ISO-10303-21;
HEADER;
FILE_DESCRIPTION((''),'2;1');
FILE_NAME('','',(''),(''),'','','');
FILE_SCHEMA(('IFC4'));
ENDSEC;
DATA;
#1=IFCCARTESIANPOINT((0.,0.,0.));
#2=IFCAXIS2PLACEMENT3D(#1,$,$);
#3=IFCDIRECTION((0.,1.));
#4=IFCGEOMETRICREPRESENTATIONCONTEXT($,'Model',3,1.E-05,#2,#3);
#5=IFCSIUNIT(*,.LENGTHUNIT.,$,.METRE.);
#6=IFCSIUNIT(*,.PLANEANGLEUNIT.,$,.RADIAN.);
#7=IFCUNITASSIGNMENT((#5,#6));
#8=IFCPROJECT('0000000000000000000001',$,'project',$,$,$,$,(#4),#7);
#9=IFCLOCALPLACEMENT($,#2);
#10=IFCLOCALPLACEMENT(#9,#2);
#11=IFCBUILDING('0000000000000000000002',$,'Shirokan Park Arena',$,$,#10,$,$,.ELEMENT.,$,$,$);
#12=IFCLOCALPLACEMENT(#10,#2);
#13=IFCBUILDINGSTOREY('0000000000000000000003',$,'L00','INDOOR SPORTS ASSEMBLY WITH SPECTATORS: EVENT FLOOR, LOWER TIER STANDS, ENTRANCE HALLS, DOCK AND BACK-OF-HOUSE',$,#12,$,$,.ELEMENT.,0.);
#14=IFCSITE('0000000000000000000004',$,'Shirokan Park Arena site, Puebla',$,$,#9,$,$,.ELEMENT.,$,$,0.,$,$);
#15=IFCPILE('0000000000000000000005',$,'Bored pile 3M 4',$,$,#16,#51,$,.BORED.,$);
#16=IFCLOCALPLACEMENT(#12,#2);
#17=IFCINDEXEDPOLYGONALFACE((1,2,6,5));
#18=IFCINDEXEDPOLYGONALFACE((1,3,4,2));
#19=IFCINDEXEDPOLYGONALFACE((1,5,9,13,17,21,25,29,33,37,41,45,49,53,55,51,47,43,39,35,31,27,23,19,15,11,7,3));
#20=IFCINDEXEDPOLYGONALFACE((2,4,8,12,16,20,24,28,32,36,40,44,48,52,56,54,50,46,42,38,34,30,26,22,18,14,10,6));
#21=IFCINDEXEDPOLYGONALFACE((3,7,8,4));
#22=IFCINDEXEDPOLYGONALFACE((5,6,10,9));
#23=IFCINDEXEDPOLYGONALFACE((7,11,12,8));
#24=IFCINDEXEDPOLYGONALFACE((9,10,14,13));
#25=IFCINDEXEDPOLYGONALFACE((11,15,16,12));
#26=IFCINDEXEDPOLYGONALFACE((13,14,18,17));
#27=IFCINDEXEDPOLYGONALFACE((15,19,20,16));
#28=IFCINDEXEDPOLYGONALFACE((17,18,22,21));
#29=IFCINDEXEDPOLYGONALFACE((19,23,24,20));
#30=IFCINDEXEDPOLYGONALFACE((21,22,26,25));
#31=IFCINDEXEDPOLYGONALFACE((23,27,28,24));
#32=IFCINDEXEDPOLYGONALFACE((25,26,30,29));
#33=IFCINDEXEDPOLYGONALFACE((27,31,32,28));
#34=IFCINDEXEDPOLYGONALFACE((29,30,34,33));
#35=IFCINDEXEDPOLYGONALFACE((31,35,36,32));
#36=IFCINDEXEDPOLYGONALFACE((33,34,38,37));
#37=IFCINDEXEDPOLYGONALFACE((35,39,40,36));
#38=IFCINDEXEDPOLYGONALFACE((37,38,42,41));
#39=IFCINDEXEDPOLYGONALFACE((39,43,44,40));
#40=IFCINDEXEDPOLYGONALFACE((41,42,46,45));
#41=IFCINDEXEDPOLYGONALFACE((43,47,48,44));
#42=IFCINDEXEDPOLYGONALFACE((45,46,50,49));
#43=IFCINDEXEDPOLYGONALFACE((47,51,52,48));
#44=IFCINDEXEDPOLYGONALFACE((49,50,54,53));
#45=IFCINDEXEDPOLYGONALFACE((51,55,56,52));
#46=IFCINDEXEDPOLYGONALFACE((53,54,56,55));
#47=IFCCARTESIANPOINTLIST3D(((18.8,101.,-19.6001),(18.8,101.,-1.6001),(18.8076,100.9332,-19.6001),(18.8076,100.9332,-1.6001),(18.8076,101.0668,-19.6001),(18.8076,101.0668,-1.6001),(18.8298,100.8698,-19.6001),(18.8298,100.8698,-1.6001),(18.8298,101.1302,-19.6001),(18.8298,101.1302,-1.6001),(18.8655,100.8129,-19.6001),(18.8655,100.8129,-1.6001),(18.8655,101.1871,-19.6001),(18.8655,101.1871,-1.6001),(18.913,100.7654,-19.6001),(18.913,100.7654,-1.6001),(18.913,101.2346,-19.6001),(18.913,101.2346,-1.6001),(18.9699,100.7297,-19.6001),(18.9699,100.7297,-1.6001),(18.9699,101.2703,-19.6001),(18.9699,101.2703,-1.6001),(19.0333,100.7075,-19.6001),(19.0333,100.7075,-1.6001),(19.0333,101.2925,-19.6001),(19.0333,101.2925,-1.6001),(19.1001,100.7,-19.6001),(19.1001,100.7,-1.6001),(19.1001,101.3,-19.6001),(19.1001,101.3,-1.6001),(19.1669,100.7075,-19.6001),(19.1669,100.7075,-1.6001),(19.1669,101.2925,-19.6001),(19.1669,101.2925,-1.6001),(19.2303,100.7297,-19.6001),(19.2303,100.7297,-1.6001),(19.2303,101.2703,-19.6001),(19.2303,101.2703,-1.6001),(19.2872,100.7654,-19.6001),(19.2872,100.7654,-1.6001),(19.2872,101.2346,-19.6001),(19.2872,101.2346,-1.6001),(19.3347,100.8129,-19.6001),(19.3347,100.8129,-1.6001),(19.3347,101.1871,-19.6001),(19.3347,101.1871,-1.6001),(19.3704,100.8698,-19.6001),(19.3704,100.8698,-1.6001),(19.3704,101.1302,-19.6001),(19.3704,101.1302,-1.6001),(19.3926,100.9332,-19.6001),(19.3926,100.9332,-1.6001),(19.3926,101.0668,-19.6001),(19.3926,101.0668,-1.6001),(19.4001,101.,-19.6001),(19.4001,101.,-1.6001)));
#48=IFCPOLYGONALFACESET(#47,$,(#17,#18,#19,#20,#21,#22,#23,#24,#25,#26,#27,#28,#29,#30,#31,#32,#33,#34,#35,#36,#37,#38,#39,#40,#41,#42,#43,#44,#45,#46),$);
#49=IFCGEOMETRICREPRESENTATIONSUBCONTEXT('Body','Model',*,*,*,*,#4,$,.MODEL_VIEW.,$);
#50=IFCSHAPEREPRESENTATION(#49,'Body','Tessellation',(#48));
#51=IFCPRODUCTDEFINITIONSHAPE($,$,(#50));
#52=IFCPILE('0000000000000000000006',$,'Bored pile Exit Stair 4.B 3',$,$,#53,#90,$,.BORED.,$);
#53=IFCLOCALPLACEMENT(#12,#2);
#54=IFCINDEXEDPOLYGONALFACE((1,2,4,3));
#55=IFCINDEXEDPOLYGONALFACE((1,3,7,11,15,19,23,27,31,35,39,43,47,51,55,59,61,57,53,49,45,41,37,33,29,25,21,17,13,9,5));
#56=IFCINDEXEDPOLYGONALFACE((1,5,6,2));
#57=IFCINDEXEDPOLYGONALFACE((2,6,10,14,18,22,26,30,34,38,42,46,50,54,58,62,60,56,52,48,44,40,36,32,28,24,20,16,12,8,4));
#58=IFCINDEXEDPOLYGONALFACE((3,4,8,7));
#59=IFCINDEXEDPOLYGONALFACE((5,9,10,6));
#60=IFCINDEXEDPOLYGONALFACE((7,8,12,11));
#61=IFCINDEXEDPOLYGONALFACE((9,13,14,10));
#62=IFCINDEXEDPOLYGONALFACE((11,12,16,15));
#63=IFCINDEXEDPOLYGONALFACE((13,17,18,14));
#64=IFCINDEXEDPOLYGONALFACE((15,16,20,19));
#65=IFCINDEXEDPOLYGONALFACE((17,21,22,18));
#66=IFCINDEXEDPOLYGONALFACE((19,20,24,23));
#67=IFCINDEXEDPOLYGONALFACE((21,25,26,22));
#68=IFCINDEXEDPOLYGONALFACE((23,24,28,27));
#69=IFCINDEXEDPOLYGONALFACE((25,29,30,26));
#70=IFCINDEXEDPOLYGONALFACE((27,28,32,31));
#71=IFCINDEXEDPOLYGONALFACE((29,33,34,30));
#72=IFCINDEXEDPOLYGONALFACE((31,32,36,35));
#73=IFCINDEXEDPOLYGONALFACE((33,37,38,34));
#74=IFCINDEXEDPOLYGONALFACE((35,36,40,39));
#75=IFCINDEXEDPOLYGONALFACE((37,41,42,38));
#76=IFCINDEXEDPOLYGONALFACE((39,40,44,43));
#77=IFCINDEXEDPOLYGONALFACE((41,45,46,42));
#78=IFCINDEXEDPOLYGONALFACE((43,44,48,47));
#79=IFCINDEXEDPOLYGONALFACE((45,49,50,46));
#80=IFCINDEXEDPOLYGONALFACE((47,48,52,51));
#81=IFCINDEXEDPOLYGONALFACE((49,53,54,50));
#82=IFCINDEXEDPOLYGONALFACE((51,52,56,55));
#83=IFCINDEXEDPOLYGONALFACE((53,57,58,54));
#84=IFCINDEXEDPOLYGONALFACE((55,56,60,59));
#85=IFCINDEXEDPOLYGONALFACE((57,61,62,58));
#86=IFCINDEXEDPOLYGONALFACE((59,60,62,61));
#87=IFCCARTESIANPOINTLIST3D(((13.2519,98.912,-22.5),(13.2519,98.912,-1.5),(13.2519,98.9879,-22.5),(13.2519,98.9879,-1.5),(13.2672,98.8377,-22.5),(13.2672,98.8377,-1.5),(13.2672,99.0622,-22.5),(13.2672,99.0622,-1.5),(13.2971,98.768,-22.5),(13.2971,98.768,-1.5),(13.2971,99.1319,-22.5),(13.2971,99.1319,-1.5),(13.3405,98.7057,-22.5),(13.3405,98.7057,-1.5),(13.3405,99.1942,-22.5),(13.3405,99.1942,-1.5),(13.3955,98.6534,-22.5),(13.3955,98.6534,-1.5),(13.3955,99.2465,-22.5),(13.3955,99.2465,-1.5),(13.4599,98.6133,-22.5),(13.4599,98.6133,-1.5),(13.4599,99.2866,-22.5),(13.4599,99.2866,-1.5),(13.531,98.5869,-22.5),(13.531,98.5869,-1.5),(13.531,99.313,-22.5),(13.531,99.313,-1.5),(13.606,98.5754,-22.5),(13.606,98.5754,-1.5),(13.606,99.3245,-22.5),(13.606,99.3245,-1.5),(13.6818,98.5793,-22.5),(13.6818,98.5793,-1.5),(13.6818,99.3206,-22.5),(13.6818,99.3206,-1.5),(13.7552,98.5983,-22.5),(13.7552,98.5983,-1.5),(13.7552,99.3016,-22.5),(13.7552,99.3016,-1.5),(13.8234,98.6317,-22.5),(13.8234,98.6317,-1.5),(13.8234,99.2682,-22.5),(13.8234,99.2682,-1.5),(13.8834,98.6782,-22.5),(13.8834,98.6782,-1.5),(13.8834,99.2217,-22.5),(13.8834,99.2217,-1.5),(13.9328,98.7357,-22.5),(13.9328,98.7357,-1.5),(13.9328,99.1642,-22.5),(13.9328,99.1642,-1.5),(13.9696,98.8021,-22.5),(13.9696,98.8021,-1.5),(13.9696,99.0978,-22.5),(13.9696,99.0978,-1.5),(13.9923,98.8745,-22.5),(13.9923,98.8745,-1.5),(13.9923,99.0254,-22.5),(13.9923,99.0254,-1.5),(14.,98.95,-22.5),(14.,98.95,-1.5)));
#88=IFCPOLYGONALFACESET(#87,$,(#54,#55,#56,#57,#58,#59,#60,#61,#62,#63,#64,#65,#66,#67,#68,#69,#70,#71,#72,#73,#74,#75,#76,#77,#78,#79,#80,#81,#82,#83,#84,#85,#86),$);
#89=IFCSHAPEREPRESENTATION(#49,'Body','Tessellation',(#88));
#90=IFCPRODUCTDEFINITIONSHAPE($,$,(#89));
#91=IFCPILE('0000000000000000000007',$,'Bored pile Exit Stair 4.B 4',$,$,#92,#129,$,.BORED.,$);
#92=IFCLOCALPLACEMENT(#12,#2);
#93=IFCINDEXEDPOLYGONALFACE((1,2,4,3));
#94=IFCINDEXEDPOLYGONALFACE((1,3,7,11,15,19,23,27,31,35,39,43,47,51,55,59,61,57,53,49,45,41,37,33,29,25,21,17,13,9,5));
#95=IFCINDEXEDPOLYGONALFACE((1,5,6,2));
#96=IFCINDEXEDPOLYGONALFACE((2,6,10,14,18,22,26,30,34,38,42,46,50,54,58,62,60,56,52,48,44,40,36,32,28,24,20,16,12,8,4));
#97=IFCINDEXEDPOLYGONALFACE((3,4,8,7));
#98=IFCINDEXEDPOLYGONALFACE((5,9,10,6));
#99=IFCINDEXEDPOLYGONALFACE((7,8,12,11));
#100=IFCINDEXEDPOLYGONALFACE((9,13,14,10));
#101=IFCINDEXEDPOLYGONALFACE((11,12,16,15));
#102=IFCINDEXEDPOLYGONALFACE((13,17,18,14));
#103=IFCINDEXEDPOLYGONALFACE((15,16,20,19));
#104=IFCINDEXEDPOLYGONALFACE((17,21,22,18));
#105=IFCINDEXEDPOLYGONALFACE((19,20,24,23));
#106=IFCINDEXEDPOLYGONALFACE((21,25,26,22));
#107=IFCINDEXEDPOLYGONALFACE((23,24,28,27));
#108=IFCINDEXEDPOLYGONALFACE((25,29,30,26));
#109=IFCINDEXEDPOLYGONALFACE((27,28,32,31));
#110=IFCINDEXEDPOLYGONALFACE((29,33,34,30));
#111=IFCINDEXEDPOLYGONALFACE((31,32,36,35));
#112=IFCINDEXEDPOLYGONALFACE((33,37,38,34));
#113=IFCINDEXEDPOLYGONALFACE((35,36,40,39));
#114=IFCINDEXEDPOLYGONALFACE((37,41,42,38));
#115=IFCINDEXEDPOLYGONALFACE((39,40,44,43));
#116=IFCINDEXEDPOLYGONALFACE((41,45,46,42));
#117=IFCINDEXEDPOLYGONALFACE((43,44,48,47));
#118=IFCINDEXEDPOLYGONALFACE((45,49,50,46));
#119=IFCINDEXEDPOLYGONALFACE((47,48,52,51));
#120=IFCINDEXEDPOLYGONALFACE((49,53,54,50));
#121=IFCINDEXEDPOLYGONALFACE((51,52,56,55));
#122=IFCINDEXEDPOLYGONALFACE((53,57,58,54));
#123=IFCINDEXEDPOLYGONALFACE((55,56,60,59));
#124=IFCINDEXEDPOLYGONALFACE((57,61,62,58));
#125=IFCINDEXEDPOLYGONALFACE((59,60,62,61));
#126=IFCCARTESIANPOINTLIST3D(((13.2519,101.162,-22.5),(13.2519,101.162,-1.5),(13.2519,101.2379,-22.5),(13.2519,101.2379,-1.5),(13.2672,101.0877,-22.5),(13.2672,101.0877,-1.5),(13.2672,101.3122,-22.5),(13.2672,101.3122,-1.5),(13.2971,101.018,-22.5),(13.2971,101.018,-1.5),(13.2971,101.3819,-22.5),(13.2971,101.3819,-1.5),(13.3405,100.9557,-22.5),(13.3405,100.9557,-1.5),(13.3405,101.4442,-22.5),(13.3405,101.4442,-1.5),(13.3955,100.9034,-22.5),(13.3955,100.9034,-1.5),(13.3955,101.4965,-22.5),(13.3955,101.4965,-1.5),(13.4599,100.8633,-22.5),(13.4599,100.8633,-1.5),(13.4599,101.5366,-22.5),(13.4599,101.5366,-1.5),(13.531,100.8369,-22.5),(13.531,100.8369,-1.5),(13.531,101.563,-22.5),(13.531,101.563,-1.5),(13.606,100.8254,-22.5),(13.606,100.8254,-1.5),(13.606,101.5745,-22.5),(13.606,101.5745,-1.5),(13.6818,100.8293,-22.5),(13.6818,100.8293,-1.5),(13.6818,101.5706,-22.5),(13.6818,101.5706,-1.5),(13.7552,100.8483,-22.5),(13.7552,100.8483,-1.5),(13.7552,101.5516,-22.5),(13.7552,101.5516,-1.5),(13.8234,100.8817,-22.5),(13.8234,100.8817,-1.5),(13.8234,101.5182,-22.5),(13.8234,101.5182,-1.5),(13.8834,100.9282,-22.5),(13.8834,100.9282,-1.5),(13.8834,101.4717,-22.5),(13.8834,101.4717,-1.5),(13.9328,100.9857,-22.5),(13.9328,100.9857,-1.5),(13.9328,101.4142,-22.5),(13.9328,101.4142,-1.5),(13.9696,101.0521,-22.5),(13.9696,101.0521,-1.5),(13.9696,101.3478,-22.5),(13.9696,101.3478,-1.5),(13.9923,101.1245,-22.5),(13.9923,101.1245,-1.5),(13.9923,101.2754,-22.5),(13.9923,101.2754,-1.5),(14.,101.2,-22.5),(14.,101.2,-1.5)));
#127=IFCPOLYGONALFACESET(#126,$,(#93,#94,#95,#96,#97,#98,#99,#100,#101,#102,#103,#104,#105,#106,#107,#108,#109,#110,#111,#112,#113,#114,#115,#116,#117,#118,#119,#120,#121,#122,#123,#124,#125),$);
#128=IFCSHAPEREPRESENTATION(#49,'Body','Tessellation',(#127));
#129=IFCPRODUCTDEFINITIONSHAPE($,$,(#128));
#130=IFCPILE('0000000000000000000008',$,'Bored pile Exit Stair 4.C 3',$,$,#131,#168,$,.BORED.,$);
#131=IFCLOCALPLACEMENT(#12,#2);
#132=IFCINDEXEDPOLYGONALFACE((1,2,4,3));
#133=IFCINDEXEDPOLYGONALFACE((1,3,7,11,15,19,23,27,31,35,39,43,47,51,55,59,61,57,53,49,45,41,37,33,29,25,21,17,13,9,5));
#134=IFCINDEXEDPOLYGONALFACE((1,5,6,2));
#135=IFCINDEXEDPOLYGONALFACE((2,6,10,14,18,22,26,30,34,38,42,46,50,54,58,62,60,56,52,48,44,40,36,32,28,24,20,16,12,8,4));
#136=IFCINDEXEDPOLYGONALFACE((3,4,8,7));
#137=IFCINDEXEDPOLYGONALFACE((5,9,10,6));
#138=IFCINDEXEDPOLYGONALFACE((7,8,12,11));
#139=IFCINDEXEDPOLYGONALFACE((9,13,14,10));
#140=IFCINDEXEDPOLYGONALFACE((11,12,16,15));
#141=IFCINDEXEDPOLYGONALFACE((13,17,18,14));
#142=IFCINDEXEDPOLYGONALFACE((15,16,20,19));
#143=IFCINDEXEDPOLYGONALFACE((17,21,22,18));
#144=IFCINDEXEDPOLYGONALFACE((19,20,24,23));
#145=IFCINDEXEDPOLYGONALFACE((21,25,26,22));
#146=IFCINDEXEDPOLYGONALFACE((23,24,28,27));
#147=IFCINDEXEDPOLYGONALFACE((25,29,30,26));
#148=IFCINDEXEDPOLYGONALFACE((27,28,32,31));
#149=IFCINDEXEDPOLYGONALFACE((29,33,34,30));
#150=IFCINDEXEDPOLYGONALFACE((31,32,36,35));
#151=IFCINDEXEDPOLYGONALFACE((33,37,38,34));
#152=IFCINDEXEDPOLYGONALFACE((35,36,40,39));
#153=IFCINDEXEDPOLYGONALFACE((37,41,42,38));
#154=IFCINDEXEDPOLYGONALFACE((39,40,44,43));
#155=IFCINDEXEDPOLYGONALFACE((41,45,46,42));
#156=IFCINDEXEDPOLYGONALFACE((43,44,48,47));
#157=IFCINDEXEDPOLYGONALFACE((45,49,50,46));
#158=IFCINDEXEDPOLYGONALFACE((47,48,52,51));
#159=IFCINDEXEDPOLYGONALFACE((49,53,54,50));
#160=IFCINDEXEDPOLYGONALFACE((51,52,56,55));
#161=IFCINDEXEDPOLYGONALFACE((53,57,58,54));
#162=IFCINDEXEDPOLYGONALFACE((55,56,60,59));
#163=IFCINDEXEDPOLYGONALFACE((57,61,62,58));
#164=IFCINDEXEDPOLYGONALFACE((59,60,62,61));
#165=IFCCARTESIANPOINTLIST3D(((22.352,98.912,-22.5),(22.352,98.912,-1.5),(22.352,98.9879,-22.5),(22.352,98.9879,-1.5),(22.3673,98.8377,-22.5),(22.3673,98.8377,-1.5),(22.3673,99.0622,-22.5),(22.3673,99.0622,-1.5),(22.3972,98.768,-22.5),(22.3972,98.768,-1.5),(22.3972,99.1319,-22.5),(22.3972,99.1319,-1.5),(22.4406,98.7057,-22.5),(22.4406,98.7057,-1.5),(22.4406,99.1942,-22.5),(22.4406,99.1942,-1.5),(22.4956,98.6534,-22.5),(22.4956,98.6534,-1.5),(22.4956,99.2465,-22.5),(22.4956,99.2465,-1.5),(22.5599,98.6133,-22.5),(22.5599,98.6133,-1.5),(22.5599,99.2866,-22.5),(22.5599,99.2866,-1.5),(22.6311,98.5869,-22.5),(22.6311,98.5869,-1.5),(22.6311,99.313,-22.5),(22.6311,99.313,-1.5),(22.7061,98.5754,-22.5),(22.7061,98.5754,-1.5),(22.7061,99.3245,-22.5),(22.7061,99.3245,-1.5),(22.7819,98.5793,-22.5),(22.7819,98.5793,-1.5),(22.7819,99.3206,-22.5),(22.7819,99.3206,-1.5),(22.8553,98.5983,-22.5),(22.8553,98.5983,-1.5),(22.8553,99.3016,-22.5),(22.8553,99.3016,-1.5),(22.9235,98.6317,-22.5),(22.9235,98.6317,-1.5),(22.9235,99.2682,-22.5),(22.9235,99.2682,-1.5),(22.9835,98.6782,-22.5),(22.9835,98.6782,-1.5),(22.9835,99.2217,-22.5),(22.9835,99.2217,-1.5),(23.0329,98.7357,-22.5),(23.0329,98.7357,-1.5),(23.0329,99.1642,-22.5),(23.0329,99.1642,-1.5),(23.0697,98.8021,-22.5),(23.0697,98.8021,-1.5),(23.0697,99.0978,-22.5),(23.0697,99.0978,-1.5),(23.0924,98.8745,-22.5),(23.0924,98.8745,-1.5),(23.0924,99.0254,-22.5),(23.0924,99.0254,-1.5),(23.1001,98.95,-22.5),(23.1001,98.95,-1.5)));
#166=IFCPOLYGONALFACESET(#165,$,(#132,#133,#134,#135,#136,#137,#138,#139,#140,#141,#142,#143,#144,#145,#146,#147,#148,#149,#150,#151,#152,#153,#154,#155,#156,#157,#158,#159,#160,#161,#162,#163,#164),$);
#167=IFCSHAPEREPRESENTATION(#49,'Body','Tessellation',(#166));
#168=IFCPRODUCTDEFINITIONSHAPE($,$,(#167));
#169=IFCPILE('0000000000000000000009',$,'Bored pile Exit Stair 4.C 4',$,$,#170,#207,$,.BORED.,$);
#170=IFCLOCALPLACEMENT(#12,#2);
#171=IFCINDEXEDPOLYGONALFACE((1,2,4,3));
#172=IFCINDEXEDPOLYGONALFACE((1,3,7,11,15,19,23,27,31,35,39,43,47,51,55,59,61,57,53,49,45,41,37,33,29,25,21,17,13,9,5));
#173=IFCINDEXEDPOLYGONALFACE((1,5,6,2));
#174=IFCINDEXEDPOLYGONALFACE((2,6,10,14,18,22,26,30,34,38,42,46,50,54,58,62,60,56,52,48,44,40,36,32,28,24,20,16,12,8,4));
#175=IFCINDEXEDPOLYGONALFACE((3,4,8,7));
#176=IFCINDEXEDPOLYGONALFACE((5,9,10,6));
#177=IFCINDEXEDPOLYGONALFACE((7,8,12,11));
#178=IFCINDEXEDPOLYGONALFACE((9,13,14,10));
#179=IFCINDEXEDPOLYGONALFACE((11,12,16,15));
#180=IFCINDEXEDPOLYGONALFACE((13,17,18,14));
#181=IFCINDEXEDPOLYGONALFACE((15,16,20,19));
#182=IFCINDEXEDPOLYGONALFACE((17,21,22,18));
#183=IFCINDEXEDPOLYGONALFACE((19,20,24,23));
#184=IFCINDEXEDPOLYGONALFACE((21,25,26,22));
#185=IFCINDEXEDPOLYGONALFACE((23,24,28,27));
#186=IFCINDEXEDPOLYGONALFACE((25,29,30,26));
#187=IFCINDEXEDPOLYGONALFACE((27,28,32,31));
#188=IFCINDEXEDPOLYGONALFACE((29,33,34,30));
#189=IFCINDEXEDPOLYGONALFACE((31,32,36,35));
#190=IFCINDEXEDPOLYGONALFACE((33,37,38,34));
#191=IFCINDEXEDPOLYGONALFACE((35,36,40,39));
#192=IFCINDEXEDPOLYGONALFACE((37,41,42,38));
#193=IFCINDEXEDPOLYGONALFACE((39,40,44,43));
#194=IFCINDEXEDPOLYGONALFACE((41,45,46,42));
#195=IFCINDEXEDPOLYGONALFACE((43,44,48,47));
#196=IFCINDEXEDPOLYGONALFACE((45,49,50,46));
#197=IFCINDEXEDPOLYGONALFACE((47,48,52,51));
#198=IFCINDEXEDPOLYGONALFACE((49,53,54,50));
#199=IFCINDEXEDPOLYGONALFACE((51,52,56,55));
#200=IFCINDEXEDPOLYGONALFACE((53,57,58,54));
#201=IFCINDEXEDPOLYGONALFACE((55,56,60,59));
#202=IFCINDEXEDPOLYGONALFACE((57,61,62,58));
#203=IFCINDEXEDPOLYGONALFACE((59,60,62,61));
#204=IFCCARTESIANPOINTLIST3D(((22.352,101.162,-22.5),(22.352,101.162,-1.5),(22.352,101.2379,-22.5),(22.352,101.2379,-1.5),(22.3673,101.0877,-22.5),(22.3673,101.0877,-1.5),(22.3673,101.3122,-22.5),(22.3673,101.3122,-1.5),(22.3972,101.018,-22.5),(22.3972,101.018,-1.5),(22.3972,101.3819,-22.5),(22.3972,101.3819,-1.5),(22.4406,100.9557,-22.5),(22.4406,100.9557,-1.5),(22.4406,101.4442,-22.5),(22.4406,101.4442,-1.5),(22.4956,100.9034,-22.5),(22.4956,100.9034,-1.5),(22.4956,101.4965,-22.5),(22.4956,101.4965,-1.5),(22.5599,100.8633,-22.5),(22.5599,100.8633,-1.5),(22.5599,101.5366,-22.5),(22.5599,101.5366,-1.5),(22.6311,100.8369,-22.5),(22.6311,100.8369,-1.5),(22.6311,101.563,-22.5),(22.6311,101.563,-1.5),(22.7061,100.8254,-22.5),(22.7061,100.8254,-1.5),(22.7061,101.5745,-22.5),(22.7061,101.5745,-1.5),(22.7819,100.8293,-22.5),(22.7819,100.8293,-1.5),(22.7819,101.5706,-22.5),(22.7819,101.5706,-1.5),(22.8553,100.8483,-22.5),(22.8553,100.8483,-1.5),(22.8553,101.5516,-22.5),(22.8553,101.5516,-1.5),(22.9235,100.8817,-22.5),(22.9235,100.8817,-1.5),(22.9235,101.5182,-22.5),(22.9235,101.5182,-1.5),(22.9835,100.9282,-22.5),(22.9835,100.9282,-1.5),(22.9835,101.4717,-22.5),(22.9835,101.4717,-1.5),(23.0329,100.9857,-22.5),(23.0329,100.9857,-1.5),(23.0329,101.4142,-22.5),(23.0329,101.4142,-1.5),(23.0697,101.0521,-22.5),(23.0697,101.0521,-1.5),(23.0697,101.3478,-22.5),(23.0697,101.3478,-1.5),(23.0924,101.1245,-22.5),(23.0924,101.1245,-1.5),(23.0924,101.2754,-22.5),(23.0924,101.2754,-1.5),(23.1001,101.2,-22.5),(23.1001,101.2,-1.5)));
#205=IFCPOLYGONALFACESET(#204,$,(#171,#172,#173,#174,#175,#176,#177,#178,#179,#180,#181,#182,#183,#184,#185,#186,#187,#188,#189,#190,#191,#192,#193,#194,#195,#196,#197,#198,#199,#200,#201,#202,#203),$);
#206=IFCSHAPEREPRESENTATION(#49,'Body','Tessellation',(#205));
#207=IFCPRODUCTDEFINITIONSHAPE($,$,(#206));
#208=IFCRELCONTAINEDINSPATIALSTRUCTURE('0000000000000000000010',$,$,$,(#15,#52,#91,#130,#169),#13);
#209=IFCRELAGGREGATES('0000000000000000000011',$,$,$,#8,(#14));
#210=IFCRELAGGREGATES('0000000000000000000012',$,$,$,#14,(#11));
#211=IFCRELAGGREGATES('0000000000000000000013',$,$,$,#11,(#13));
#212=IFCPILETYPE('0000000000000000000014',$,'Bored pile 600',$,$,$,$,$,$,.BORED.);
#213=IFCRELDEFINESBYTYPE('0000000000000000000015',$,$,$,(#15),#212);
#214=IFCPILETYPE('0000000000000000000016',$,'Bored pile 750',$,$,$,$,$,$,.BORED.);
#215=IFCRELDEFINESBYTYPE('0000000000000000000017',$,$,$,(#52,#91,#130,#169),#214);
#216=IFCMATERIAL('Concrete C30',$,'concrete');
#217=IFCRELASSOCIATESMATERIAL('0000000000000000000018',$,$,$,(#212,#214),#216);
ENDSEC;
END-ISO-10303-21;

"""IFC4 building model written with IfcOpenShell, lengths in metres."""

from ifc_helpers import new_model, si_unit, direction, frame, origin, origin_2d, place, context, subcontext, project, spatial, circle, extrude, material, material_profile, profile_set, type_object, element, save


model = new_model("IFC4")

# Units and contexts
model_context = context("Model", 3, precision=1e-05, world=origin(), true_north=direction((0.0, 1.0)))
body_context = subcontext(model_context, "Body", "Model", "MODEL_VIEW")
ifc_project = project(units=[si_unit("LENGTHUNIT", "METRE"), si_unit("PLANEANGLEUNIT", "RADIAN")], contexts=[model_context])

# Site, building, storey
site_placement = place(None, origin())
site = spatial("IfcSite", under=ifc_project, at=site_placement, Name="Shirokan Park Arena site, Puebla", CompositionType="ELEMENT", RefElevation=0.0)
building_placement = place(site_placement, origin())
building = spatial("IfcBuilding", under=site, at=building_placement, Name="Shirokan Park Arena", CompositionType="ELEMENT")
storey_placement = place(building_placement, origin())
storey = spatial("IfcBuildingStorey", under=building, at=storey_placement, Name="L00", Description="INDOOR SPORTS ASSEMBLY WITH SPECTATORS: EVENT FLOOR, LOWER TIER STANDS, ENTRANCE HALLS, DOCK AND BACK-OF-HOUSE", CompositionType="ELEMENT", Elevation=0.0)

# Piles
ifc_material_1 = material(Name="Concrete C30", Category="concrete")
ifc_material_profile_1 = material_profile(ifc_material_1, circle(Radius=0.3, at=origin_2d()), Name="D600")
ifc_profile_set_1 = profile_set([ifc_material_profile_1], Name="Concrete C30")
pile_type_1 = type_object("IfcPileType", Name="Bored pile 600", PredefinedType="BORED", material=ifc_profile_set_1)
for number, where, z_axis, x_axis, name in (
    (1, (19.1001, 101.0, -1.6001), (0.0, 0.0, -1.0), (1.0, 0.0, 0.0), "Bored pile 3M 4"),
):
    element("IfcPile", number, at=place(storey_placement, frame(where, z_axis=z_axis, x_axis=x_axis)), inside=storey, type_object=pile_type_1, Name=name, PredefinedType="BORED", context=body_context, shape_type="SweptSolid", body=[
        extrude(circle(Radius=0.3, at=origin_2d()), origin(), (0.0, 0.0, 1.0), 18.0),
    ])
ifc_material_profile_2 = material_profile(ifc_material_1, circle(Radius=0.375, at=origin_2d()), Name="D750")
ifc_profile_set_2 = profile_set([ifc_material_profile_2], Name="Concrete C30")
pile_type_2 = type_object("IfcPileType", Name="Bored pile 750", PredefinedType="BORED", material=ifc_profile_set_2)
for number, where, z_axis, x_axis, name in (
    (2, (13.625, 98.95, -1.5), (0.0, 0.0, -1.0), (1.0, 0.0, 0.0), "Bored pile Exit Stair 4.B 3"),
    (3, (13.625, 101.2, -1.5), (0.0, 0.0, -1.0), (1.0, 0.0, 0.0), "Bored pile Exit Stair 4.B 4"),
    (4, (22.7251, 98.95, -1.5), (0.0, 0.0, -1.0), (1.0, 0.0, 0.0), "Bored pile Exit Stair 4.C 3"),
    (5, (22.7251, 101.2, -1.5), (0.0, 0.0, -1.0), (1.0, 0.0, 0.0), "Bored pile Exit Stair 4.C 4"),
):
    element("IfcPile", number, at=place(storey_placement, frame(where, z_axis=z_axis, x_axis=x_axis)), inside=storey, type_object=pile_type_2, Name=name, PredefinedType="BORED", context=body_context, shape_type="SweptSolid", body=[
        extrude(circle(Radius=0.375, at=origin_2d()), origin(), (0.0, 0.0, 1.0), 21.0),
    ])

save(model, "model.ifc")
